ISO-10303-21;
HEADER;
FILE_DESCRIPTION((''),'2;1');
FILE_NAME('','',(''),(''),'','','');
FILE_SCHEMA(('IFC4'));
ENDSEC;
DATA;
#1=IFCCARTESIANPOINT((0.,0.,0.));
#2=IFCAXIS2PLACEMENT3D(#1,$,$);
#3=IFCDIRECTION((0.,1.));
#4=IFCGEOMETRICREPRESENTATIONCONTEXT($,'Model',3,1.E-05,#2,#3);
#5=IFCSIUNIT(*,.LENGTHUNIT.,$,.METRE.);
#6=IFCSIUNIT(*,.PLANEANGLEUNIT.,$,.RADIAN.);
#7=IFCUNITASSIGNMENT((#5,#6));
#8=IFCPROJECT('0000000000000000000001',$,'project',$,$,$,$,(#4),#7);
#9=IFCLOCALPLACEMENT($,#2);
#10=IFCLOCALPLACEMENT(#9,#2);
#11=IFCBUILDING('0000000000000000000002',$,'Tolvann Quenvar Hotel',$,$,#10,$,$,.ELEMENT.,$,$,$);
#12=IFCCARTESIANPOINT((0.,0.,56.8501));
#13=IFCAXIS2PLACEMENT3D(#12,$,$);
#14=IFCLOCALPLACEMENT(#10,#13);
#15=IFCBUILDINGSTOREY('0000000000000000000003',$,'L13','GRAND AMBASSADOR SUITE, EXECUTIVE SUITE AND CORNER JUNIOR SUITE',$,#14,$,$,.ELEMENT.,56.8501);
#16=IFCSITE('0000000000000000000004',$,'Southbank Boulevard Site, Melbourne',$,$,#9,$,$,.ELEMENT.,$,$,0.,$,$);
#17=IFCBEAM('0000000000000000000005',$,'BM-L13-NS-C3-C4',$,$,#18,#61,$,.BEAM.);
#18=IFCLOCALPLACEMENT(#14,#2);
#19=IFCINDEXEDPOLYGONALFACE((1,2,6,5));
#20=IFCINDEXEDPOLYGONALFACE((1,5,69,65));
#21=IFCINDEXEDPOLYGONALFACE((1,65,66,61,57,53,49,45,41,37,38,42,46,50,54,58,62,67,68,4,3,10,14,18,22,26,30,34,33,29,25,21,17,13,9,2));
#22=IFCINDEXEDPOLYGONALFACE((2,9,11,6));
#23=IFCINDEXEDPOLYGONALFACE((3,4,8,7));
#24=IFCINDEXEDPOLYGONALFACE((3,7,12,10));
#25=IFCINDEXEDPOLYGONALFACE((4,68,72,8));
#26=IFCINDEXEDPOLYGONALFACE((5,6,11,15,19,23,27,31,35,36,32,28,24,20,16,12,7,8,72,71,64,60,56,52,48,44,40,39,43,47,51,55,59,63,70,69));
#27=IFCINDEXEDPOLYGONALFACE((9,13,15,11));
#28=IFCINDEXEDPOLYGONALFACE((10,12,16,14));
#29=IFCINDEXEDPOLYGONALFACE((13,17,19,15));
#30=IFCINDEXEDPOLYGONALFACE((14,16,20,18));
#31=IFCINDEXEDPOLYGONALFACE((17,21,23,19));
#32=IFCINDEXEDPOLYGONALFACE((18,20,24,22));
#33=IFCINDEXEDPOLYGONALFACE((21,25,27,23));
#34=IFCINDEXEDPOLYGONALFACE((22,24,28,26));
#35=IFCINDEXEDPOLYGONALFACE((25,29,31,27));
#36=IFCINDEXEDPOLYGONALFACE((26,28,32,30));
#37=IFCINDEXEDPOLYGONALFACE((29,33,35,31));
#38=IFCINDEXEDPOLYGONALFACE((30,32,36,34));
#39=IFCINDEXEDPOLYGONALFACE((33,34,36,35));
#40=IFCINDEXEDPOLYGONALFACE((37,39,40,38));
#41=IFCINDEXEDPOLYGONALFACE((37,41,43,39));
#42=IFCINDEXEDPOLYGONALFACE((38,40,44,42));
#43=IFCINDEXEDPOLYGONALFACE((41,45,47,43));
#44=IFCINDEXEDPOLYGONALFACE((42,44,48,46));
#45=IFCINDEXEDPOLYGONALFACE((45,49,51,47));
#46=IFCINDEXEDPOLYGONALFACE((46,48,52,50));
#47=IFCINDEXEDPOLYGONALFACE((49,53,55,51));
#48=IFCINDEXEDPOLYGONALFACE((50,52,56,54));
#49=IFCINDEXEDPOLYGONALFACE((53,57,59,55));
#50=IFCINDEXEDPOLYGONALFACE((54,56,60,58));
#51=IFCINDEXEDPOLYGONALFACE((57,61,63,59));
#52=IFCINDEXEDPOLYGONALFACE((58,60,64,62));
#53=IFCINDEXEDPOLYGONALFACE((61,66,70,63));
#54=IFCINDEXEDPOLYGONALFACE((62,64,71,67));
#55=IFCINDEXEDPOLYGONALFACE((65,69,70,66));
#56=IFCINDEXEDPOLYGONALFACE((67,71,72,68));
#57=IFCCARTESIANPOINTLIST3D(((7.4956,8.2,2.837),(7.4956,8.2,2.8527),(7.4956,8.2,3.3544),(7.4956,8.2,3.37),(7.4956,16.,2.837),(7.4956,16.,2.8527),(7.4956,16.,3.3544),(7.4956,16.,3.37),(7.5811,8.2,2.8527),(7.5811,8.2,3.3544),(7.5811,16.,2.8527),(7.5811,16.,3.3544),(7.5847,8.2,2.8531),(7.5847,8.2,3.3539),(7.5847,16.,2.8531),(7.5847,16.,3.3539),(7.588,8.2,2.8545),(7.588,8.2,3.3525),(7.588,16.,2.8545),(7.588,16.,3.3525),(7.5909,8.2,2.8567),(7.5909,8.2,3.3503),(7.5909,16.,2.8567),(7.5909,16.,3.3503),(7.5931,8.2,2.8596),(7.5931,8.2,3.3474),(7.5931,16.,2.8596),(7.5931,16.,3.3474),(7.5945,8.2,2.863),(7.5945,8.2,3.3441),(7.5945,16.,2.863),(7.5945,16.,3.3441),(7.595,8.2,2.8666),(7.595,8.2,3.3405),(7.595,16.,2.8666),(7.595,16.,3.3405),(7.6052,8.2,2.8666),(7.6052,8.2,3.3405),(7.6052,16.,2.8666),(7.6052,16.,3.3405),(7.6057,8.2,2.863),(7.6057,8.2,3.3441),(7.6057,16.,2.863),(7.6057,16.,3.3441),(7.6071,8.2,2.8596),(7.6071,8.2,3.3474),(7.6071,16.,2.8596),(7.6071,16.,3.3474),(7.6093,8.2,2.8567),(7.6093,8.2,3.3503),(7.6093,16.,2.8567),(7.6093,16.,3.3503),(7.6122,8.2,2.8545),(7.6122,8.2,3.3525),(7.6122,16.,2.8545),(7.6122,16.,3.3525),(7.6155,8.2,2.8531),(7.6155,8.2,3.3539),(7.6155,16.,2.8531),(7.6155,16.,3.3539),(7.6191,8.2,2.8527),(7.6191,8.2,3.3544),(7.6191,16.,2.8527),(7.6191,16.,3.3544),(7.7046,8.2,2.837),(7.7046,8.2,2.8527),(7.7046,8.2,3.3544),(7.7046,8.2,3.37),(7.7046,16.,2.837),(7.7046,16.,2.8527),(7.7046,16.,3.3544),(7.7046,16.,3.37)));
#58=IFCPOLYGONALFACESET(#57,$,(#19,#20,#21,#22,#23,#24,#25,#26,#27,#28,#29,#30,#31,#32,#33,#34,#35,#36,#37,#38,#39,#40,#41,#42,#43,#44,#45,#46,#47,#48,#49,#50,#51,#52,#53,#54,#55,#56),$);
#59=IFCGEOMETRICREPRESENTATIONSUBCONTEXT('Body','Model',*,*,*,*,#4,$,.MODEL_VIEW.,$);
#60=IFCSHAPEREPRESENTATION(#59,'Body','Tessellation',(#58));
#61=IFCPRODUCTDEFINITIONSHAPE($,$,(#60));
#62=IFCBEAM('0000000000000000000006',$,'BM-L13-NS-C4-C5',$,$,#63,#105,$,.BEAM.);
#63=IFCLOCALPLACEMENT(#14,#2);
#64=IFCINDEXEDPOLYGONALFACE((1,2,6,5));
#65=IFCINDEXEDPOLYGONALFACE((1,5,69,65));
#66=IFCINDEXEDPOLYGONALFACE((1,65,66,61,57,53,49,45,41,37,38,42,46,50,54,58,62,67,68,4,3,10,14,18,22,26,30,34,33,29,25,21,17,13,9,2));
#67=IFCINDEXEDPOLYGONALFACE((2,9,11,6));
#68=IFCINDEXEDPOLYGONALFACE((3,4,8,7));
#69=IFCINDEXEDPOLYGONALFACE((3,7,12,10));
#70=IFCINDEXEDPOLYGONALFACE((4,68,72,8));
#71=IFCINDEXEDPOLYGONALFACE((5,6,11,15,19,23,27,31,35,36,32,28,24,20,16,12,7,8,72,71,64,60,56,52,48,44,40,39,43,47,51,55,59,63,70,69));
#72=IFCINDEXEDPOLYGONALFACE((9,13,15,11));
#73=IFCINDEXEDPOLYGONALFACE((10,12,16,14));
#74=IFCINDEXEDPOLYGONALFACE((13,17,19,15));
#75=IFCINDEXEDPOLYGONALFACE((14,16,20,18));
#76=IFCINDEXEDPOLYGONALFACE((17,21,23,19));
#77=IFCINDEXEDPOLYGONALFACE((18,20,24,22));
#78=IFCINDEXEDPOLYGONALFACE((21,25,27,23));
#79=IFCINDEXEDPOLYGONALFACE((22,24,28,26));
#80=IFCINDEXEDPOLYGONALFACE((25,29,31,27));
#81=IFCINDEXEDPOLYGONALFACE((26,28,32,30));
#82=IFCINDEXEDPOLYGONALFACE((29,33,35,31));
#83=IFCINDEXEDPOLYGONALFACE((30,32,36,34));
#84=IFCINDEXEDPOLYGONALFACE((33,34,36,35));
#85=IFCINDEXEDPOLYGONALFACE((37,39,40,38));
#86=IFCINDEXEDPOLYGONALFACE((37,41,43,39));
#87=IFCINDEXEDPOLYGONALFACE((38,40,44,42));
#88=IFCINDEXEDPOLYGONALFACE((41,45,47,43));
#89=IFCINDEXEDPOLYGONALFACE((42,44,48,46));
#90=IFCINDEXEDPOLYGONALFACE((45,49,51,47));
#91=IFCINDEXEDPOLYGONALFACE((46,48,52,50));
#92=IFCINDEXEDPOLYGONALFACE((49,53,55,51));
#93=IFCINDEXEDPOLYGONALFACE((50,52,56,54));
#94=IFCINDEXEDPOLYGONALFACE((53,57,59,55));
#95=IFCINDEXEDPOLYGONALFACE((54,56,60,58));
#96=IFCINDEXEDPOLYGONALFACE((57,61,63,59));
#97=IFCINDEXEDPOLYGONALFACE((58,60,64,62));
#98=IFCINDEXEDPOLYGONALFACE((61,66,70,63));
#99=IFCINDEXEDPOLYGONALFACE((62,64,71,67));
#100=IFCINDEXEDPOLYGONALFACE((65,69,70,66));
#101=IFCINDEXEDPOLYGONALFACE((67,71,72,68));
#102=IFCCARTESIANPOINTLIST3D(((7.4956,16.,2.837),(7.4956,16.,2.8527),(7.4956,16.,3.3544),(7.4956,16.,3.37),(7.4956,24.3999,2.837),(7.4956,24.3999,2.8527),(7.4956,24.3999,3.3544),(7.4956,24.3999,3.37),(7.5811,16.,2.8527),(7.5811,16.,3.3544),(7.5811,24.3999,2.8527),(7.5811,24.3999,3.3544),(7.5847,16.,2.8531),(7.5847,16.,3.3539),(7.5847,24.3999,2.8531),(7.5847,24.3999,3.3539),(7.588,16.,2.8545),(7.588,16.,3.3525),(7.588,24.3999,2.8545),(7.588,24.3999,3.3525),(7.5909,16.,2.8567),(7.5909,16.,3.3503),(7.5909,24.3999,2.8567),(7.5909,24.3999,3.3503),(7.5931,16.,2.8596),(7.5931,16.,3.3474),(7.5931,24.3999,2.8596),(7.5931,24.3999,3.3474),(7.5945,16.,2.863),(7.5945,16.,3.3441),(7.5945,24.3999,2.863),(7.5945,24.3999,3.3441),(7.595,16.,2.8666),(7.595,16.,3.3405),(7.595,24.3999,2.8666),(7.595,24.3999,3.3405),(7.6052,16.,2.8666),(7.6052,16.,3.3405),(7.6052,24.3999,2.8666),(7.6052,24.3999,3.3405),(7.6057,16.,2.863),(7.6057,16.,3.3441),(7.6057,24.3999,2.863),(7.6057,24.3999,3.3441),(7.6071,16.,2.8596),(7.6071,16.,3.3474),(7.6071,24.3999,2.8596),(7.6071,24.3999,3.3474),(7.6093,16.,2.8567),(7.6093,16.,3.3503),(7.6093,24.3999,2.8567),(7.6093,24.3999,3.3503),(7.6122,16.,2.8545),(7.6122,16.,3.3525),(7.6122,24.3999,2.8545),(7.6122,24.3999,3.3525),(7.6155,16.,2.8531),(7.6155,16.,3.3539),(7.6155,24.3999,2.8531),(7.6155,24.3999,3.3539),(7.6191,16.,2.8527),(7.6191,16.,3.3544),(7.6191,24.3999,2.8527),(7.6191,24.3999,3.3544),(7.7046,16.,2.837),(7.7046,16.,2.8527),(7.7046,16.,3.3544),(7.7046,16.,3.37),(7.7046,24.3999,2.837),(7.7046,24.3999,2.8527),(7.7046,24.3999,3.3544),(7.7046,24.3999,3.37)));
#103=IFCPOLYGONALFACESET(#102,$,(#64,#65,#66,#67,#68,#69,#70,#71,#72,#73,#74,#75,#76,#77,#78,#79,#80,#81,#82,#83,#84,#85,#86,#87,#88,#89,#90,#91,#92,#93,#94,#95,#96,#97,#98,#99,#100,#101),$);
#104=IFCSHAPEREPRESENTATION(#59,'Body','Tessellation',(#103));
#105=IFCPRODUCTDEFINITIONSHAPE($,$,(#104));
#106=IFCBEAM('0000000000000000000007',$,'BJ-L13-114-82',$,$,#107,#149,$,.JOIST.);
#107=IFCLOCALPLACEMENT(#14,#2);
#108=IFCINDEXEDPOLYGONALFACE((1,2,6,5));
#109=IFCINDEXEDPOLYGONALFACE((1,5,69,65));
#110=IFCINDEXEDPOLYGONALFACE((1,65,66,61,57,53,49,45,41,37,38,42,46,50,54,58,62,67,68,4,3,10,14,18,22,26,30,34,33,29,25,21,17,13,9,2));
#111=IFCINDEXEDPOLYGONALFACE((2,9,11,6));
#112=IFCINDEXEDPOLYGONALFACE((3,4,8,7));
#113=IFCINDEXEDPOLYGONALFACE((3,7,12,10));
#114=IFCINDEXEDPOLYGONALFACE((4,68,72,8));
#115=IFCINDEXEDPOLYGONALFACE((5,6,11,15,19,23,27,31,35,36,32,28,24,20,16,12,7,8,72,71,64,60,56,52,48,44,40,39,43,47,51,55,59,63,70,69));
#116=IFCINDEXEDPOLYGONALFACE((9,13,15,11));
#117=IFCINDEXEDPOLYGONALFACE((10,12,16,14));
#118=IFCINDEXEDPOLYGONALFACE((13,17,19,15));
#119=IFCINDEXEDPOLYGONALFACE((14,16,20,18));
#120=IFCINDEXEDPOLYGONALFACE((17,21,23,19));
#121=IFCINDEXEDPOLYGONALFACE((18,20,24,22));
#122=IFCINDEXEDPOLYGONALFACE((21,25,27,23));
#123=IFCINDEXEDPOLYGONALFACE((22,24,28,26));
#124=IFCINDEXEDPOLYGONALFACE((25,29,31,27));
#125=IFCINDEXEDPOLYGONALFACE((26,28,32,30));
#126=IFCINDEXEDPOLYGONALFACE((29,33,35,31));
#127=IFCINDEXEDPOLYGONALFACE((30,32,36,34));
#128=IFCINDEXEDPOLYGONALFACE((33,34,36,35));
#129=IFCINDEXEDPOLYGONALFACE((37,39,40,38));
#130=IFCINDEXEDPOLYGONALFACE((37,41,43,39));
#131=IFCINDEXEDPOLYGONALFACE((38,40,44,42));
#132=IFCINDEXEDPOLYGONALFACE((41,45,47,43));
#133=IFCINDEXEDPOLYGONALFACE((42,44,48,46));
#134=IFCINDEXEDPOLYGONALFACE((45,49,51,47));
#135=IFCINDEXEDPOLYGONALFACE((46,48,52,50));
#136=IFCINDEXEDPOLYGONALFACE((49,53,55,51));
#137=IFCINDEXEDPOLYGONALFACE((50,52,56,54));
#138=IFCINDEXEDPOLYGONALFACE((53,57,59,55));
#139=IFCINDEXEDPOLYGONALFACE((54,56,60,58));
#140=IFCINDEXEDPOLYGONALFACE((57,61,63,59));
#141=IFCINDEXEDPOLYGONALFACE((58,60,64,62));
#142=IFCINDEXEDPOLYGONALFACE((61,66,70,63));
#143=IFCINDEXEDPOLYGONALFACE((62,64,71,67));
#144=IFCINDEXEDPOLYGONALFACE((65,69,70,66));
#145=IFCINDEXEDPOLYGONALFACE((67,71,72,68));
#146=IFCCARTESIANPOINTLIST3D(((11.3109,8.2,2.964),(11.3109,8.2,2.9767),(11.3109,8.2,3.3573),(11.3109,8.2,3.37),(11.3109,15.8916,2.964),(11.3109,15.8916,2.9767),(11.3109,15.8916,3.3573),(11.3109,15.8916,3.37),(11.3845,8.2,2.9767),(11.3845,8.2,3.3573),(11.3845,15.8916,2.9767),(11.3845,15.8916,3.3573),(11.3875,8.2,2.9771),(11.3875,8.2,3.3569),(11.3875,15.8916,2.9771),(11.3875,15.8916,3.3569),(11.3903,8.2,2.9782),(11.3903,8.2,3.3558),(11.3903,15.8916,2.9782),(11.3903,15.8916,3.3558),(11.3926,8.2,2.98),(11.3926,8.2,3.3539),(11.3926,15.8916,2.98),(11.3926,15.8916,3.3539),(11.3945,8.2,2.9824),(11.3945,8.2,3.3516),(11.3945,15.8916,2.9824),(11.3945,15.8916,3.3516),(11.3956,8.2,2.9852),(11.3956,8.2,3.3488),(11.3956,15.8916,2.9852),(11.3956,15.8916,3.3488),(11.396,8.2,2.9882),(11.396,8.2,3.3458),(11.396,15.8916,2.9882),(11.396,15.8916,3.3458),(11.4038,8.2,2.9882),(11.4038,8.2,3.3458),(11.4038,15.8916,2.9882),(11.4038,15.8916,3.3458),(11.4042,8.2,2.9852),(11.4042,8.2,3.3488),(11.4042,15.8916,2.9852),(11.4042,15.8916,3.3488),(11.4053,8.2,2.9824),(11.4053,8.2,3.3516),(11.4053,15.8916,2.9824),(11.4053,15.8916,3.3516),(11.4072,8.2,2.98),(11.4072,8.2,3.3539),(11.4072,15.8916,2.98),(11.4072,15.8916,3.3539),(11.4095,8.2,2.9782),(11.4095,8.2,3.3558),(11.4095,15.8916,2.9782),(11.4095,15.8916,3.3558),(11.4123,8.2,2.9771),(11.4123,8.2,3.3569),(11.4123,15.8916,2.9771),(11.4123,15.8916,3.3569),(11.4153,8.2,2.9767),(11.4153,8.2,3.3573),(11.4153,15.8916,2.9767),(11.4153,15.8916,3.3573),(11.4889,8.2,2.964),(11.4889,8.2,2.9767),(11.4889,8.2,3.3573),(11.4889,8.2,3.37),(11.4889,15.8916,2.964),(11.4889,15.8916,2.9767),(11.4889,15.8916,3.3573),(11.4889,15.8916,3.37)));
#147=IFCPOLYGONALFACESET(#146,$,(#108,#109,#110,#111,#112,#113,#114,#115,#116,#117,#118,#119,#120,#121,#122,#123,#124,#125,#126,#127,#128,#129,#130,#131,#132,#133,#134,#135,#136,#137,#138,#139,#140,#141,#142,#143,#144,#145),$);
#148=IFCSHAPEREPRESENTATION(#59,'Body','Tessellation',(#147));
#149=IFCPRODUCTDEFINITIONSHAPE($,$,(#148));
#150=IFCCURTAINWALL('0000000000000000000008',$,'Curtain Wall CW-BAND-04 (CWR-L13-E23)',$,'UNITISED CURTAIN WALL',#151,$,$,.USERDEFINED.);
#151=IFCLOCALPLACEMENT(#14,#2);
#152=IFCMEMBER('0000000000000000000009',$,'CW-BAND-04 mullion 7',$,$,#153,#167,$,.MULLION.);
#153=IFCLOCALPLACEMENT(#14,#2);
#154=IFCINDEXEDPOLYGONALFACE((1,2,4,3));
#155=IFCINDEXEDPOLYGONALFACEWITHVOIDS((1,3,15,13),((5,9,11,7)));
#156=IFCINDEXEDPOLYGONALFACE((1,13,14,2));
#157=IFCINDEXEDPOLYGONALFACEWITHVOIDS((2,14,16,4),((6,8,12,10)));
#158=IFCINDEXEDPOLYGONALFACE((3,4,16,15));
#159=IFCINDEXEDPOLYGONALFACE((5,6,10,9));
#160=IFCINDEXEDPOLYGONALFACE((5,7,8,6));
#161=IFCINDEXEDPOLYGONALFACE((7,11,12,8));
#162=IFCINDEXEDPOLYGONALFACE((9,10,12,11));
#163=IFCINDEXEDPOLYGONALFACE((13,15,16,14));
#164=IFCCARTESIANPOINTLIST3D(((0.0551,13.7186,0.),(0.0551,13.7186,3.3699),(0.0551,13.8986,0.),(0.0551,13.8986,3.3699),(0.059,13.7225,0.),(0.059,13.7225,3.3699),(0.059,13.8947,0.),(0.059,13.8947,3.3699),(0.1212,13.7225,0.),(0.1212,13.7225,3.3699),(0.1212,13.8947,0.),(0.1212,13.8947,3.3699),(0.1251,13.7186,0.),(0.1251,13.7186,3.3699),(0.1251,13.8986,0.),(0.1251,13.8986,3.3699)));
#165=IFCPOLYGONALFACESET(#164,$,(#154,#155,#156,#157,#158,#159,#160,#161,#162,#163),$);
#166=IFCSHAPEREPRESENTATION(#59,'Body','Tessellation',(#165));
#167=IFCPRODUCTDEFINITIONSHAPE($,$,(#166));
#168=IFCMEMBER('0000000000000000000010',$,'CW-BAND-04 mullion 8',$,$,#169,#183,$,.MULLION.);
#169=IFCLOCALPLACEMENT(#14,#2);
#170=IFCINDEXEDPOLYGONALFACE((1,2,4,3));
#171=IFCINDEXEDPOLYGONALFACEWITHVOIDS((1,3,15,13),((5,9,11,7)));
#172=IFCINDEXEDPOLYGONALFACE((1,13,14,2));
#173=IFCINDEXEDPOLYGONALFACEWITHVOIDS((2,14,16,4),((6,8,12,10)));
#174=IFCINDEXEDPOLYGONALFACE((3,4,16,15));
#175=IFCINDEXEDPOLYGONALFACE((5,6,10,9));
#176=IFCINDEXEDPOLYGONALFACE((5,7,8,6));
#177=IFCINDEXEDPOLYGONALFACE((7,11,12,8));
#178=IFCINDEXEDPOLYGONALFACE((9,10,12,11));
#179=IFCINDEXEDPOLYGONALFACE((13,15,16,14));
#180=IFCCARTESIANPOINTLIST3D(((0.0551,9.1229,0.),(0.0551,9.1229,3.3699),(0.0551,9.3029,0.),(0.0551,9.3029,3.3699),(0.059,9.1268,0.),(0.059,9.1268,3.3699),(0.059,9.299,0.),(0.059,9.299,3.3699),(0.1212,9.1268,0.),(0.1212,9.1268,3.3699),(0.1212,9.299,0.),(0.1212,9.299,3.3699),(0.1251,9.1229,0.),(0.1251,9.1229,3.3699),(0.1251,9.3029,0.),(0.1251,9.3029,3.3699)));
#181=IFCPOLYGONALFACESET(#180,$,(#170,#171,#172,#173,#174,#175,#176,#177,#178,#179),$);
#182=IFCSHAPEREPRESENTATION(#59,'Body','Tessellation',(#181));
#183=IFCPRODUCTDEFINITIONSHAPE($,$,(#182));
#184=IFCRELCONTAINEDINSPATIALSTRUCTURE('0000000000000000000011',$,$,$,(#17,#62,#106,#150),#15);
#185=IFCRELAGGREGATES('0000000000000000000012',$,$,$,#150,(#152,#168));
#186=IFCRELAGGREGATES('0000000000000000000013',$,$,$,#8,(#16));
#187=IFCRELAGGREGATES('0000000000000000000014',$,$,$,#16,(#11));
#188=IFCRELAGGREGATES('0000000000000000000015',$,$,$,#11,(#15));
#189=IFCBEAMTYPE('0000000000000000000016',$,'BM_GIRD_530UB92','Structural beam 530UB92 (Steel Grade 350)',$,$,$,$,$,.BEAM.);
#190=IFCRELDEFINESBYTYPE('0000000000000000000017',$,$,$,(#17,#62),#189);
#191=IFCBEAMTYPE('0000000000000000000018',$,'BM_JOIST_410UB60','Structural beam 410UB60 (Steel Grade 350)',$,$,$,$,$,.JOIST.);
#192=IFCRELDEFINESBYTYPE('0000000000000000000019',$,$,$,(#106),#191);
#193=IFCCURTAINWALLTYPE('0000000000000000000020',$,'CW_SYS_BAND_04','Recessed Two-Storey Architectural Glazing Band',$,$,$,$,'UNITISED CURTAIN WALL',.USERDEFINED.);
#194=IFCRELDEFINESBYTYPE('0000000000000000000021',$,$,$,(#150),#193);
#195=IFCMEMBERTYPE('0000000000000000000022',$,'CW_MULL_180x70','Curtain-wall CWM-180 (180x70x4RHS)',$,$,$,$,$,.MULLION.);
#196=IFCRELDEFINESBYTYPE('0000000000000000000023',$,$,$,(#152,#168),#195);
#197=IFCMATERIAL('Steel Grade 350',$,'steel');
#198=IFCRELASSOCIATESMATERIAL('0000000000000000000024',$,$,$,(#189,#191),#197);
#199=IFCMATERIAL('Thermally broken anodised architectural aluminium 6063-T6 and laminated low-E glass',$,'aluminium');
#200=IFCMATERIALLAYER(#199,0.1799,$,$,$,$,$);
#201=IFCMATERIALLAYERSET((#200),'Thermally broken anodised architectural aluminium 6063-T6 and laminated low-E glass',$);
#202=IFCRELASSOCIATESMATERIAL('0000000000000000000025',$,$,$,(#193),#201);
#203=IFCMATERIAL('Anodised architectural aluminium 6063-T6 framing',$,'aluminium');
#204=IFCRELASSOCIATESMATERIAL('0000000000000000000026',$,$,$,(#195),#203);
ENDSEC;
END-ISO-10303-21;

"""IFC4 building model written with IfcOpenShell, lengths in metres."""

from ifc_helpers import new_model, si_unit, direction, frame, origin, origin_2d, place, context, subcontext, project, spatial, hollow_rectangle, i_section, extrude, source, transform, mapped, material, layer, layer_set, material_profile, profile_set, type_object, type_shapes, element, aggregate, save


model = new_model("IFC4")

# Units and contexts
model_context = context("Model", 3, precision=1e-05, world=origin(), true_north=direction((0.0, 1.0)))
body_context = subcontext(model_context, "Body", "Model", "MODEL_VIEW")
ifc_project = project(units=[si_unit("LENGTHUNIT", "METRE"), si_unit("PLANEANGLEUNIT", "RADIAN")], contexts=[model_context])

# Site, building, storey
site_placement = place(None, origin())
site = spatial("IfcSite", under=ifc_project, at=site_placement, Name="Southbank Boulevard Site, Melbourne", CompositionType="ELEMENT", RefElevation=0.0)
building_placement = place(site_placement, origin())
building = spatial("IfcBuilding", under=site, at=building_placement, Name="Tolvann Quenvar Hotel", CompositionType="ELEMENT")
storey_placement = place(building_placement, frame((0.0, 0.0, 56.8501)))
storey = spatial("IfcBuildingStorey", under=building, at=storey_placement, Name="L13", Description="GRAND AMBASSADOR SUITE, EXECUTIVE SUITE AND CORNER JUNIOR SUITE", CompositionType="ELEMENT", Elevation=56.8501)

# Shared definitions
ifc_material_1 = material(Name="Steel Grade 350", Category="steel")

# Beams
ifc_material_profile_1 = material_profile(ifc_material_1, i_section(OverallWidth=0.209, OverallDepth=0.533, WebThickness=0.0103, FlangeThickness=0.0156, FilletRadius=0.0139, at=origin_2d()), Name="530UB92")
ifc_profile_set_1 = profile_set([ifc_material_profile_1], Name="Steel Grade 350")
beam_type_1 = type_object("IfcBeamType", Name="BM_GIRD_530UB92", Description="Structural beam 530UB92 (Steel Grade 350)", PredefinedType="BEAM", material=ifc_profile_set_1)
shared_shape_1 = source(origin(), body_context, "Body", "SweptSolid", [
    extrude(i_section(OverallWidth=0.209, OverallDepth=0.533, WebThickness=0.0103, FlangeThickness=0.0156, FilletRadius=0.0139, at=origin_2d()), origin(), (0.0, 0.0, 1.0), 7.8),
])
beam_1_placement = place(storey_placement, frame((7.6001, 8.2, 3.1035), z_axis=(0.0, 1.0, 0.0), x_axis=(-1.0, 0.0, 0.0)))
element("IfcBeam", 1, at=beam_1_placement, inside=storey, type_object=beam_type_1, Name="BM-L13-NS-C3-C4", PredefinedType="BEAM", context=body_context, shape_type="MappedRepresentation", body=[
    mapped(shared_shape_1, transform((0.0, 0.0, 0.0), x_axis=(1.0, 0.0, 0.0), y_axis=(0.0, 1.0, 0.0), z_axis=(0.0, 0.0, 1.0), scale=1.0)),
])
shared_shape_2 = source(origin(), body_context, "Body", "SweptSolid", [
    extrude(i_section(OverallWidth=0.209, OverallDepth=0.533, WebThickness=0.0103, FlangeThickness=0.0156, FilletRadius=0.0139, at=origin_2d()), origin(), (0.0, 0.0, 1.0), 8.3999),
])
type_shapes(beam_type_1, [shared_shape_1, shared_shape_2])
beam_2_placement = place(storey_placement, frame((7.6001, 16.0, 3.1035), z_axis=(0.0, 1.0, 0.0), x_axis=(-1.0, 0.0, 0.0)))
element("IfcBeam", 2, at=beam_2_placement, inside=storey, type_object=beam_type_1, Name="BM-L13-NS-C4-C5", PredefinedType="BEAM", context=body_context, shape_type="MappedRepresentation", body=[
    mapped(shared_shape_2, transform((0.0, 0.0, 0.0), x_axis=(1.0, 0.0, 0.0), y_axis=(0.0, 1.0, 0.0), z_axis=(0.0, 0.0, 1.0), scale=1.0)),
])
ifc_material_profile_2 = material_profile(ifc_material_1, i_section(OverallWidth=0.178, OverallDepth=0.406, WebThickness=0.0078, FlangeThickness=0.0127, FilletRadius=0.0115, at=origin_2d()), Name="410UB60")
ifc_profile_set_2 = profile_set([ifc_material_profile_2], Name="Steel Grade 350")
beam_type_2 = type_object("IfcBeamType", Name="BM_JOIST_410UB60", Description="Structural beam 410UB60 (Steel Grade 350)", PredefinedType="JOIST", material=ifc_profile_set_2)
shared_shape_3 = source(origin(), body_context, "Body", "SweptSolid", [
    extrude(i_section(OverallWidth=0.178, OverallDepth=0.406, WebThickness=0.0078, FlangeThickness=0.0127, FilletRadius=0.0115, at=origin_2d()), origin(), (0.0, 0.0, 1.0), 7.6917),
])
type_shapes(beam_type_2, [shared_shape_3])
beam_3_placement = place(storey_placement, frame((11.3999, 8.2, 3.167), z_axis=(0.0, 1.0, 0.0), x_axis=(-1.0, 0.0, 0.0)))
element("IfcBeam", 3, at=beam_3_placement, inside=storey, type_object=beam_type_2, Name="BJ-L13-114-82", PredefinedType="JOIST", context=body_context, shape_type="MappedRepresentation", body=[
    mapped(shared_shape_3, transform((0.0, 0.0, 0.0), x_axis=(1.0, 0.0, 0.0), y_axis=(0.0, 1.0, 0.0), z_axis=(0.0, 0.0, 1.0), scale=1.0)),
])

# Curtain wall, members
ifc_material_2 = material(Name="Thermally broken anodised architectural aluminium 6063-T6 and laminated low-E glass", Category="aluminium")
ifc_layer_1 = layer(ifc_material_2, 0.1799)
ifc_layer_set_1 = layer_set([ifc_layer_1], Name="Thermally broken anodised architectural aluminium 6063-T6 and laminated low-E glass")
curtain_wall_type = type_object("IfcCurtainWallType", Name="CW_SYS_BAND_04", Description="Recessed Two-Storey Architectural Glazing Band", ElementType="UNITISED CURTAIN WALL", PredefinedType="USERDEFINED", material=ifc_layer_set_1)
curtain_wall_placement = place(storey_placement, origin())
curtain_wall = element("IfcCurtainWall", 4, at=curtain_wall_placement, inside=storey, type_object=curtain_wall_type, Name="Curtain Wall CW-BAND-04 (CWR-L13-E23)", ObjectType="UNITISED CURTAIN WALL", PredefinedType="USERDEFINED")
ifc_material_3 = material(Name="Anodised architectural aluminium 6063-T6 framing", Category="aluminium")
ifc_material_profile_3 = material_profile(ifc_material_3, hollow_rectangle(XDim=0.0701, YDim=0.1799, WallThickness=0.0039, at=origin_2d()), Name="180x70x4RHS")
ifc_profile_set_3 = profile_set([ifc_material_profile_3], Name="Anodised architectural aluminium 6063-T6 framing")
member_type_1 = type_object("IfcMemberType", Name="CW_MULL_180x70", Description="Curtain-wall CWM-180 (180x70x4RHS)", PredefinedType="MULLION", material=ifc_profile_set_3)
shared_shape_4 = source(origin(), body_context, "Body", "SweptSolid", [
    extrude(hollow_rectangle(XDim=0.0701, YDim=0.1799, WallThickness=0.0039, at=origin_2d()), origin(), (0.0, 0.0, 1.0), 3.3699),
])
type_shapes(member_type_1, [shared_shape_4])
member_1_placement = place(storey_placement, frame((0.0901, 13.8086, 0.0), z_axis=(0.0, 0.0, 1.0), x_axis=(1.0, 0.0, 0.0)))
member_1 = element("IfcMember", 5, at=member_1_placement, type_object=member_type_1, Name="CW-BAND-04 mullion 7", PredefinedType="MULLION", context=body_context, shape_type="MappedRepresentation", body=[
    mapped(shared_shape_4, transform((0.0, 0.0, 0.0), x_axis=(1.0, 0.0, 0.0), y_axis=(0.0, 1.0, 0.0), z_axis=(0.0, 0.0, 1.0), scale=1.0)),
])
member_2_placement = place(storey_placement, frame((0.0901, 9.2129, 0.0), z_axis=(0.0, 0.0, 1.0), x_axis=(1.0, 0.0, 0.0)))
member_2 = element("IfcMember", 6, at=member_2_placement, type_object=member_type_1, Name="CW-BAND-04 mullion 8", PredefinedType="MULLION", context=body_context, shape_type="MappedRepresentation", body=[
    mapped(shared_shape_4, transform((0.0, 0.0, 0.0), x_axis=(1.0, 0.0, 0.0), y_axis=(0.0, 1.0, 0.0), z_axis=(0.0, 0.0, 1.0), scale=1.0)),
])
aggregate(curtain_wall, [member_1, member_2])

save(model, "model.ifc")
